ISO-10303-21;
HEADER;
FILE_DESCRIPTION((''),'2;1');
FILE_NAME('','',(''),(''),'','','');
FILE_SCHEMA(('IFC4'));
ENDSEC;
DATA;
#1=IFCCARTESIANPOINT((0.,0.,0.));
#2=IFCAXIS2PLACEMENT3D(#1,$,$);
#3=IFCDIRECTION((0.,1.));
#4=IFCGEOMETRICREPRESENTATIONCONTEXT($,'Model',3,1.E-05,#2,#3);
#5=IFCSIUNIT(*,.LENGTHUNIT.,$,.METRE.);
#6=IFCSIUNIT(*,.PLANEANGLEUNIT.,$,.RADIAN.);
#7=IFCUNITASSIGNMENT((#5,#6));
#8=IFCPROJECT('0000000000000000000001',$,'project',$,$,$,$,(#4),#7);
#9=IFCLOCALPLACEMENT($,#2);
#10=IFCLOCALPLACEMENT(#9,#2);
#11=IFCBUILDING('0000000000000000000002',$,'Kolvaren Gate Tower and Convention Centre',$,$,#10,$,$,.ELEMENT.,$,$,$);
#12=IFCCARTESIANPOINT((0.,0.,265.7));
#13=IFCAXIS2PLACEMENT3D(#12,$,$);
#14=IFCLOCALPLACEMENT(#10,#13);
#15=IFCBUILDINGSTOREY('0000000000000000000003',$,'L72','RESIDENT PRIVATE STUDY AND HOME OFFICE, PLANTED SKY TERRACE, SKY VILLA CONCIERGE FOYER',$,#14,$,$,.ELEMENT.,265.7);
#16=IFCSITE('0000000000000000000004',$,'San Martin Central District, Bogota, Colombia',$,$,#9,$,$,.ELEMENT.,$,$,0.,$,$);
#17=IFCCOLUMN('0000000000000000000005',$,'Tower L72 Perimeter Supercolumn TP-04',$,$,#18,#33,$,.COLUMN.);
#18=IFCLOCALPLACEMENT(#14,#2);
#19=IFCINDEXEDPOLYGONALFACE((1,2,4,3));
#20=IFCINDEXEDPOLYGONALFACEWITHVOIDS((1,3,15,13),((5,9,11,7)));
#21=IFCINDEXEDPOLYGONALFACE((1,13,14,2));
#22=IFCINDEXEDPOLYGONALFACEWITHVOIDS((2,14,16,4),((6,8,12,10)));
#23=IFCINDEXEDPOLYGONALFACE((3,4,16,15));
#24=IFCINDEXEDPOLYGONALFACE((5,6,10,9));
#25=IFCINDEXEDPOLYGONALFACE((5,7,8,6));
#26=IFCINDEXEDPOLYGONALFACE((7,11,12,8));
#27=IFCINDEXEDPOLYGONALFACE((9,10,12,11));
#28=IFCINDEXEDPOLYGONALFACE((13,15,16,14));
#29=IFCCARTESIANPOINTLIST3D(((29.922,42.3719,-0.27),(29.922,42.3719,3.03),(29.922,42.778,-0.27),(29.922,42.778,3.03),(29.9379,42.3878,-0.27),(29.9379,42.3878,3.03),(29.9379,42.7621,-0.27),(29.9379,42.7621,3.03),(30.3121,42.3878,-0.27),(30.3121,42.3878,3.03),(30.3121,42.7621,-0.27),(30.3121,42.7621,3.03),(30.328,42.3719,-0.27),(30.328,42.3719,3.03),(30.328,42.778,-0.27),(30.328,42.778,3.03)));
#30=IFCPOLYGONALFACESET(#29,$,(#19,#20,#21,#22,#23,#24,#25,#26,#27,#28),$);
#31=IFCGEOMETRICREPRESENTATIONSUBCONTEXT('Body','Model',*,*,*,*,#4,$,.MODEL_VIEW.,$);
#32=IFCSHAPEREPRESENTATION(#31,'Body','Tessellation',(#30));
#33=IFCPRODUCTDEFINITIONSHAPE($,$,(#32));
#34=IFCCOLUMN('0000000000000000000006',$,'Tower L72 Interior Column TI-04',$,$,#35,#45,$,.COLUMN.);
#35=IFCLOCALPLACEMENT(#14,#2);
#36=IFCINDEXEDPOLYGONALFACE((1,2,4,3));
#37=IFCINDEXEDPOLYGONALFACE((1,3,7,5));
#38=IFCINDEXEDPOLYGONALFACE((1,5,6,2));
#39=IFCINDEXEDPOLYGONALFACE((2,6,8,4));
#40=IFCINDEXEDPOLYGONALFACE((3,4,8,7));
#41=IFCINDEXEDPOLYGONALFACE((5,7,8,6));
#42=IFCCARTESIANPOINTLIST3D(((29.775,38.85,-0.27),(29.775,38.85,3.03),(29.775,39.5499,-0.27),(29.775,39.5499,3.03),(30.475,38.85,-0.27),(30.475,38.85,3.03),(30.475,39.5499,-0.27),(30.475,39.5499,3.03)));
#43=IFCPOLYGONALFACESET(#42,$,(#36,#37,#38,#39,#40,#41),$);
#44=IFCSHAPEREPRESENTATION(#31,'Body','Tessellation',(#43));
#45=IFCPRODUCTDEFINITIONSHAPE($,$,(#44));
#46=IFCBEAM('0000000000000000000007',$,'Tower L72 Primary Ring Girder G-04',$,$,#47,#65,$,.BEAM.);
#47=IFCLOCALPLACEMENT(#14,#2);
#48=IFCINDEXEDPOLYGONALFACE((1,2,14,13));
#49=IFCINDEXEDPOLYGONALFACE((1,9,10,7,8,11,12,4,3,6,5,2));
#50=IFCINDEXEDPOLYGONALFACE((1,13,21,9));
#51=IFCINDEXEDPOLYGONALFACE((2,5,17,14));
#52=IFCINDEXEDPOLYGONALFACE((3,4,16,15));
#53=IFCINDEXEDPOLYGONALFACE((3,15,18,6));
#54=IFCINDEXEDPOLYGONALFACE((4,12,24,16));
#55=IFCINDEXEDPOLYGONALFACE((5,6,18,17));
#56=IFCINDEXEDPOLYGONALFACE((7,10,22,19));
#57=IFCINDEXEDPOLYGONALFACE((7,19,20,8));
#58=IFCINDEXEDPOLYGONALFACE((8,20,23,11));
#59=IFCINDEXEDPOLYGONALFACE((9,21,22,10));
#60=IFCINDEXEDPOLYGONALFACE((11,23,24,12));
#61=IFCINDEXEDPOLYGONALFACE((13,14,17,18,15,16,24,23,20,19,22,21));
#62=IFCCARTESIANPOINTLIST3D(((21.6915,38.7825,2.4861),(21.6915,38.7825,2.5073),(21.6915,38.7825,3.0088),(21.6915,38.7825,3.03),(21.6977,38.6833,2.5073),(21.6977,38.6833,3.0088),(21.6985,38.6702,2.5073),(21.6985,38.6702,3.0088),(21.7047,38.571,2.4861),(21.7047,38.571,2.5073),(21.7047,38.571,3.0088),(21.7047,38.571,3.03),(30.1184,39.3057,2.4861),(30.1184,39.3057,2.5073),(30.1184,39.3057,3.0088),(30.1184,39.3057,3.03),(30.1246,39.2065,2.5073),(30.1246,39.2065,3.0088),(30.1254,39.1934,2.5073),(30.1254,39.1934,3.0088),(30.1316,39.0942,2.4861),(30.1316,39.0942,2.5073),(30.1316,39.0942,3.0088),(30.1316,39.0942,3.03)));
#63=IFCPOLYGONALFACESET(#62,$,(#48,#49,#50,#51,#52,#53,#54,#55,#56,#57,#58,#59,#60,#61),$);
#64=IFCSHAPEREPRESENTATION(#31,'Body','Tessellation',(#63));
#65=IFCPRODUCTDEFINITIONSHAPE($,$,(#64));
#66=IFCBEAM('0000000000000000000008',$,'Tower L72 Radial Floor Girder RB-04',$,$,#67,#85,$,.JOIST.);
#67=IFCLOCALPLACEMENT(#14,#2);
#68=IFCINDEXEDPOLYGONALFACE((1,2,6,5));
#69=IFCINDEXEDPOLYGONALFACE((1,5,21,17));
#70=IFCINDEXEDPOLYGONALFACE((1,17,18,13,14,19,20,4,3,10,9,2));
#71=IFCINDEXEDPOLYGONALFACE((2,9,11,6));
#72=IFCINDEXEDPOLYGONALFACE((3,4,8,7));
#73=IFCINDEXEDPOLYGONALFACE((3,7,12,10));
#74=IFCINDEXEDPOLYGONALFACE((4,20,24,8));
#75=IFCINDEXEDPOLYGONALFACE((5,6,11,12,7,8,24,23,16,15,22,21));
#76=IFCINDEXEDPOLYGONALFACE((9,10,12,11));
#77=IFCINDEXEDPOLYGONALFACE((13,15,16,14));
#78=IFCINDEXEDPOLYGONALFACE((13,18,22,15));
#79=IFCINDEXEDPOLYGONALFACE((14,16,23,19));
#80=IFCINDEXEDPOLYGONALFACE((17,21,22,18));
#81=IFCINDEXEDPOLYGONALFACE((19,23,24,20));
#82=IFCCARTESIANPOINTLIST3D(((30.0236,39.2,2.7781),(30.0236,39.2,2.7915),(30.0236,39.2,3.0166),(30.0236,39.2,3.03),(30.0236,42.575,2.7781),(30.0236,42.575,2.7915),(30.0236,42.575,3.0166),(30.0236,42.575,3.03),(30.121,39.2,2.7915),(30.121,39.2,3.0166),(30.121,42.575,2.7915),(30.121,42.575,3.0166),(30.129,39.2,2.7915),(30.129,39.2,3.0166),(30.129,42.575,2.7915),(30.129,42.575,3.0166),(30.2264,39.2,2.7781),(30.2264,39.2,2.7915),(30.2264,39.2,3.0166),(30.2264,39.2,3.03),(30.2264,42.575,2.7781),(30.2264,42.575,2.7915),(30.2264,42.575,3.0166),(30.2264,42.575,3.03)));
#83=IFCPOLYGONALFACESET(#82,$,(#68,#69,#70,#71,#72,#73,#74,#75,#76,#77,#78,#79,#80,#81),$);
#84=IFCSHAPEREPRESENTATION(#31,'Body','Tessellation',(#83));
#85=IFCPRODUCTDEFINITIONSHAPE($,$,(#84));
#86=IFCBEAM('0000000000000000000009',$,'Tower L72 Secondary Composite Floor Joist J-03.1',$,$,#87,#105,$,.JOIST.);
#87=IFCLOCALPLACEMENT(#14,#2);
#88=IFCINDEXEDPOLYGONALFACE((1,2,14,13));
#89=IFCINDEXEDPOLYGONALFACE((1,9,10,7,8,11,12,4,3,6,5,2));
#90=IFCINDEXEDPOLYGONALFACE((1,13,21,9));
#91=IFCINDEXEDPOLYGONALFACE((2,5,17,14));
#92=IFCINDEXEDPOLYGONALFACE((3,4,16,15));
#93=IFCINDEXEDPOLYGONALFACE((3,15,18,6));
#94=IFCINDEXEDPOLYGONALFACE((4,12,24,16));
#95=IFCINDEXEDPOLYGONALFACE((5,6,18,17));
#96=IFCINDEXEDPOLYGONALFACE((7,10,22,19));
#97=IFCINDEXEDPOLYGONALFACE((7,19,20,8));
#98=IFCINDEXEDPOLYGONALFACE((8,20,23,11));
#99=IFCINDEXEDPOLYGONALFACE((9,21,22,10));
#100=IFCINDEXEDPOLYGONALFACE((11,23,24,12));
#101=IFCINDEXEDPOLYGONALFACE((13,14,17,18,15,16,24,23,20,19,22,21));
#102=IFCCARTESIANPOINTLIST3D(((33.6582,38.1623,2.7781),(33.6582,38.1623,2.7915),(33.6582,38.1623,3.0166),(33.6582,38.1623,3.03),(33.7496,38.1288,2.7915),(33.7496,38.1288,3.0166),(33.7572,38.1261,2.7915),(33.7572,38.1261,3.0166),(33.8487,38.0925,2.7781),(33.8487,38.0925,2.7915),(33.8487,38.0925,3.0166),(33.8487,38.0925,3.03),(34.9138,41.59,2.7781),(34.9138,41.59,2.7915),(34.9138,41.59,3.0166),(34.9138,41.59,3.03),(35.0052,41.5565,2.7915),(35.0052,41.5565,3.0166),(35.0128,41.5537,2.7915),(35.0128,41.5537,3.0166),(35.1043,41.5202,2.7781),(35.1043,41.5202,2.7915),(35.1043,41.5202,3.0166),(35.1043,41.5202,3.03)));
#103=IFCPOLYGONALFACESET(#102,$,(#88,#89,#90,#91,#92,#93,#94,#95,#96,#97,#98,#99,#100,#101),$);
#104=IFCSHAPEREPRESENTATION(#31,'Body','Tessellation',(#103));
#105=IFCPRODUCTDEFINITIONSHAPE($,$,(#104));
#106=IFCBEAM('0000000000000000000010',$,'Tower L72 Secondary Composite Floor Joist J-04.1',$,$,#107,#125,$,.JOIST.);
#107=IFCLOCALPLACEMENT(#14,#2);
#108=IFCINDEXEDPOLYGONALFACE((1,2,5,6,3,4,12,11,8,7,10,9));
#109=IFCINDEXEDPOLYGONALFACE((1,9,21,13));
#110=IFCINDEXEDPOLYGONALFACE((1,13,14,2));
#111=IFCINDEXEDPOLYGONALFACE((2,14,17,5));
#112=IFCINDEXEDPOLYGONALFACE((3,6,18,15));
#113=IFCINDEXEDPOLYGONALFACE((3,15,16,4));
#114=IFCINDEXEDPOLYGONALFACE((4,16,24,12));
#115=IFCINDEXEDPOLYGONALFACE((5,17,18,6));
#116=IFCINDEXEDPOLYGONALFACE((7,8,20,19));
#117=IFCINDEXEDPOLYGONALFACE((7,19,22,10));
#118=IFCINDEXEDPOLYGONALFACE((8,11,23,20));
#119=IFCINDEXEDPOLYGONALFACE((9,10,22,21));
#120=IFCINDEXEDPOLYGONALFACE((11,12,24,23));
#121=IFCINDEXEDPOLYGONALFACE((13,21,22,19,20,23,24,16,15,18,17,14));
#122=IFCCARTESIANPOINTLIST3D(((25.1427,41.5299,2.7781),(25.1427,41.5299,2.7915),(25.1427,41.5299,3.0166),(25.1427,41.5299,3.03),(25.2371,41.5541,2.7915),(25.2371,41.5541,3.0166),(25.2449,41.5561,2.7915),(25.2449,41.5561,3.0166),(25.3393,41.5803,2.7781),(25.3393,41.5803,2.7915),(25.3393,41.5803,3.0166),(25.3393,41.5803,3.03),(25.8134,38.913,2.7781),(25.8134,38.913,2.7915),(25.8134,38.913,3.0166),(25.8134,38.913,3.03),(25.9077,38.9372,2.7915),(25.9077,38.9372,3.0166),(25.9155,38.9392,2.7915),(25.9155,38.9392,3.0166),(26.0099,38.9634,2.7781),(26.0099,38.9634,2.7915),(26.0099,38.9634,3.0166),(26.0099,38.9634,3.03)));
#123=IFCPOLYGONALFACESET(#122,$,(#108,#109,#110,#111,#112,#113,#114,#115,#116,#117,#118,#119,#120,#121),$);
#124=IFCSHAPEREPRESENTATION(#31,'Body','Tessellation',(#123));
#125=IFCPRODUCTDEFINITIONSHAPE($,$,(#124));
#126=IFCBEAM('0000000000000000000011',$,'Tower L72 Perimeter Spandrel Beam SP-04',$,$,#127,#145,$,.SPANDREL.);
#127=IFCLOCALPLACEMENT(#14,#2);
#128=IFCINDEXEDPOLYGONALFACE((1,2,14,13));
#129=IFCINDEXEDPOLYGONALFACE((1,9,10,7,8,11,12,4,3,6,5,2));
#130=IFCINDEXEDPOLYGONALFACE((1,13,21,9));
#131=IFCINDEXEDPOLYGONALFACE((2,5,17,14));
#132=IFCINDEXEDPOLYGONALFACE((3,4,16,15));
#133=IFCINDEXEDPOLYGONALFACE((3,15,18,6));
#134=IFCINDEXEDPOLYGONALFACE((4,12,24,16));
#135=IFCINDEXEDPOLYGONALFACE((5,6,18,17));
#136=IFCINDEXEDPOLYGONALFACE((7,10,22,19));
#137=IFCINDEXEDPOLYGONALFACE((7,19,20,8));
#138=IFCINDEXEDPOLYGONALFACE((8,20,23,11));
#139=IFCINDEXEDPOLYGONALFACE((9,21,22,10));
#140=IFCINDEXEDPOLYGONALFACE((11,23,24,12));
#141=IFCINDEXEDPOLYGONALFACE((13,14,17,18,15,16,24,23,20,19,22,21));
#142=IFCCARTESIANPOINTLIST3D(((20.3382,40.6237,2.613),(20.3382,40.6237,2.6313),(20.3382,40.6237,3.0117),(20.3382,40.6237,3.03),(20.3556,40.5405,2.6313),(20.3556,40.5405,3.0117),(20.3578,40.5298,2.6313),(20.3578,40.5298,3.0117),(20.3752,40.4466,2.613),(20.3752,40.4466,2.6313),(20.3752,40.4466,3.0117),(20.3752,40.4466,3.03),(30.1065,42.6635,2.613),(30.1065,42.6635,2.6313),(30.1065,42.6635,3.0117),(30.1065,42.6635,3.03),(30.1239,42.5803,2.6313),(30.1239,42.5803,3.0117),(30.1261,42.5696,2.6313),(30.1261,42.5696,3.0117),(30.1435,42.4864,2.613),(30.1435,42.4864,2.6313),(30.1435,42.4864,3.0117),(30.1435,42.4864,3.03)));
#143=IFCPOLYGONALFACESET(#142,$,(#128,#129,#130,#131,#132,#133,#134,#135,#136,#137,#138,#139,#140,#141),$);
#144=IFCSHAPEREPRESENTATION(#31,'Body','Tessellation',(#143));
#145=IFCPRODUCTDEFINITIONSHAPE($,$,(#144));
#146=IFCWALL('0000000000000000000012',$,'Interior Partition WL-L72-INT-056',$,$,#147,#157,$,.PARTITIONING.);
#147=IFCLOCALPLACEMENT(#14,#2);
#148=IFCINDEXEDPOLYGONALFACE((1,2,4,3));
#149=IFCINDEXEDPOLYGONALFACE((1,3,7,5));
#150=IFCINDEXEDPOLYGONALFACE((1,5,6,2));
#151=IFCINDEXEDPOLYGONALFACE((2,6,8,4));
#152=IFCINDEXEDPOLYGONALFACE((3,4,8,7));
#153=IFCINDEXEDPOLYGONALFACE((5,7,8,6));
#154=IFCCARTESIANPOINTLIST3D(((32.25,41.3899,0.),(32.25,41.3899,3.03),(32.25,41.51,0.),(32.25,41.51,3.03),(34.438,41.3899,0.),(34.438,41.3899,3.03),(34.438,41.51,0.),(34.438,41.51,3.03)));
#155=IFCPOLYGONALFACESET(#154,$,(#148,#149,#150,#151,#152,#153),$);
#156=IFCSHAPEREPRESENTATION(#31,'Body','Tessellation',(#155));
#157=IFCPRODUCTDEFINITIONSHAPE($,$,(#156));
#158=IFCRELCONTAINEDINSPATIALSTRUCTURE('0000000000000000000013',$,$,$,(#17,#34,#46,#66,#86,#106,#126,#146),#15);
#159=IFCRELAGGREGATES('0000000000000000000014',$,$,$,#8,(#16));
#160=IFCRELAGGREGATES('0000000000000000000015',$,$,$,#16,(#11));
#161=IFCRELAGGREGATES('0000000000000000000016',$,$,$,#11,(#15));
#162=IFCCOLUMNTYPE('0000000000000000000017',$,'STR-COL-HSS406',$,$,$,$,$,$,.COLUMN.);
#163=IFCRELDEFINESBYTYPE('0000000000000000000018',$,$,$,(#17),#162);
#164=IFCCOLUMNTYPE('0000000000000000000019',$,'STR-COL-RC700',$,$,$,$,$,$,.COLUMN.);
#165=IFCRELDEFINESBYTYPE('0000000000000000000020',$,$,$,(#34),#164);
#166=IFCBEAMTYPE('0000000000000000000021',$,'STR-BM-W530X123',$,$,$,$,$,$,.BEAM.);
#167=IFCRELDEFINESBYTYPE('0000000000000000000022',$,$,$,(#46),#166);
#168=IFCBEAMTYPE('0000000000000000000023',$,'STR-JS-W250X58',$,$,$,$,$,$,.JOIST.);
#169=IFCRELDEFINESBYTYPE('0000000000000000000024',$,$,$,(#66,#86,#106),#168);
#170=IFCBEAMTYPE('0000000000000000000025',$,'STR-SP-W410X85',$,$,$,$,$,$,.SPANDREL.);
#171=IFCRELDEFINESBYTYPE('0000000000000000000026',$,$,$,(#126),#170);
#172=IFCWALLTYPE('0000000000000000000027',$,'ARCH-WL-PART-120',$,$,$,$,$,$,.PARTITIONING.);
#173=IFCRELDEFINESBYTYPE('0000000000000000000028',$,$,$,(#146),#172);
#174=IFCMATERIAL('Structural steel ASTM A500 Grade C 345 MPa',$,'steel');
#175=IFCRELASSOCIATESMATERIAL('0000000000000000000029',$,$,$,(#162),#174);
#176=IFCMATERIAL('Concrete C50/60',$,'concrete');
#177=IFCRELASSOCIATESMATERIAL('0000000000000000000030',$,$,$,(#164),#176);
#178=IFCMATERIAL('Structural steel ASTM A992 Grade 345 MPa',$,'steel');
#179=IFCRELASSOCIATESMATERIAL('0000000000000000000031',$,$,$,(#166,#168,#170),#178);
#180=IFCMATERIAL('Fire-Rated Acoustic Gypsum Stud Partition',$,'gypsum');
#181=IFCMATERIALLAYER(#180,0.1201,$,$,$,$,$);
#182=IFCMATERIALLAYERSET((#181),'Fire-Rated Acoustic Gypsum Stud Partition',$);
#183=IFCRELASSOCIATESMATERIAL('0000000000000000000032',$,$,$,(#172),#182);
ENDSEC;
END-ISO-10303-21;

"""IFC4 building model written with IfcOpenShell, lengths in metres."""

from ifc_helpers import new_model, si_unit, direction, frame, frame_2d, origin, origin_2d, place, context, subcontext, project, spatial, rectangle, hollow_rectangle, i_section, extrude, material, layer, layer_set, material_profile, profile_set, type_object, element, save


model = new_model("IFC4")

# Units and contexts
model_context = context("Model", 3, precision=1e-05, world=origin(), true_north=direction((0.0, 1.0)))
body_context = subcontext(model_context, "Body", "Model", "MODEL_VIEW")
ifc_project = project(units=[si_unit("LENGTHUNIT", "METRE"), si_unit("PLANEANGLEUNIT", "RADIAN")], contexts=[model_context])

# Site, building, storey
site_placement = place(None, origin())
site = spatial("IfcSite", under=ifc_project, at=site_placement, Name="San Martin Central District, Bogota, Colombia", CompositionType="ELEMENT", RefElevation=0.0)
building_placement = place(site_placement, origin())
building = spatial("IfcBuilding", under=site, at=building_placement, Name="Kolvaren Gate Tower and Convention Centre", CompositionType="ELEMENT")
storey_placement = place(building_placement, frame((0.0, 0.0, 265.7)))
storey = spatial("IfcBuildingStorey", under=building, at=storey_placement, Name="L72", Description="RESIDENT PRIVATE STUDY AND HOME OFFICE, PLANTED SKY TERRACE, SKY VILLA CONCIERGE FOYER", CompositionType="ELEMENT", Elevation=265.7)

# Columns
ifc_material_1 = material(Name="Structural steel ASTM A500 Grade C 345 MPa", Category="steel")
ifc_material_profile_1 = material_profile(ifc_material_1, hollow_rectangle(XDim=0.406, YDim=0.406, WallThickness=0.0159, at=origin_2d()), Name="HSS406X406X15.9")
ifc_profile_set_1 = profile_set([ifc_material_profile_1], Name="Structural steel ASTM A500 Grade C 345 MPa")
column_type_1 = type_object("IfcColumnType", Name="STR-COL-HSS406", PredefinedType="COLUMN", material=ifc_profile_set_1)
column_1_placement = place(storey_placement, frame((30.125, 42.575, -0.27), z_axis=(0.0, 0.0, 1.0), x_axis=(1.0, 0.0, 0.0)))
element("IfcColumn", 1, at=column_1_placement, inside=storey, type_object=column_type_1, Name="Tower L72 Perimeter Supercolumn TP-04", PredefinedType="COLUMN", context=body_context, shape_type="SweptSolid", body=[
    extrude(hollow_rectangle(XDim=0.406, YDim=0.406, WallThickness=0.0159, at=origin_2d()), origin(), (0.0, 0.0, 1.0), 3.3),
])
ifc_material_2 = material(Name="Concrete C50/60", Category="concrete")
ifc_material_profile_2 = material_profile(ifc_material_2, rectangle(XDim=0.7, YDim=0.7, at=origin_2d()), Name="RC-COL-700X700")
ifc_profile_set_2 = profile_set([ifc_material_profile_2], Name="Concrete C50/60")
column_type_2 = type_object("IfcColumnType", Name="STR-COL-RC700", PredefinedType="COLUMN", material=ifc_profile_set_2)
column_2_placement = place(storey_placement, frame((30.125, 39.2, -0.27), z_axis=(0.0, 0.0, 1.0), x_axis=(1.0, 0.0, 0.0)))
element("IfcColumn", 2, at=column_2_placement, inside=storey, type_object=column_type_2, Name="Tower L72 Interior Column TI-04", PredefinedType="COLUMN", context=body_context, shape_type="SweptSolid", body=[
    extrude(rectangle(XDim=0.7, YDim=0.7, at=origin_2d()), origin(), (0.0, 0.0, 1.0), 3.3),
])

# Beams
ifc_material_3 = material(Name="Structural steel ASTM A992 Grade 345 MPa", Category="steel")
ifc_material_profile_3 = material_profile(ifc_material_3, i_section(OverallWidth=0.2119, OverallDepth=0.5439, WebThickness=0.0132, FlangeThickness=0.0212, at=origin_2d()), Name="W530X123")
ifc_profile_set_3 = profile_set([ifc_material_profile_3], Name="Structural steel ASTM A992 Grade 345 MPa")
beam_type_1 = type_object("IfcBeamType", Name="STR-BM-W530X123", PredefinedType="BEAM", material=ifc_profile_set_3)
beam_1_placement = place(storey_placement, frame((30.125, 39.2, 2.7581), z_axis=(-0.998078, -0.061966, 0.0), x_axis=(0.061966, -0.998078, 0.0)))
element("IfcBeam", 3, at=beam_1_placement, inside=storey, type_object=beam_type_1, Name="Tower L72 Primary Ring Girder G-04", PredefinedType="BEAM", context=body_context, shape_type="SweptSolid", body=[
    extrude(i_section(OverallWidth=0.2119, OverallDepth=0.5439, WebThickness=0.0132, FlangeThickness=0.0212, at=origin_2d()), origin(), (0.0, 0.0, 1.0), 8.4431),
])
ifc_material_profile_4 = material_profile(ifc_material_3, i_section(OverallWidth=0.2029, OverallDepth=0.252, WebThickness=0.0081, FlangeThickness=0.0134, at=origin_2d()), Name="W250X58")
ifc_profile_set_4 = profile_set([ifc_material_profile_4], Name="Structural steel ASTM A992 Grade 345 MPa")
beam_type_2 = type_object("IfcBeamType", Name="STR-JS-W250X58", PredefinedType="JOIST", material=ifc_profile_set_4)
beam_2_placement = place(storey_placement, frame((30.125, 39.2, 2.9041), z_axis=(0.0, 1.0, 0.0), x_axis=(-1.0, 0.0, 0.0)))
element("IfcBeam", 4, at=beam_2_placement, inside=storey, type_object=beam_type_2, Name="Tower L72 Radial Floor Girder RB-04", PredefinedType="JOIST", context=body_context, shape_type="SweptSolid", body=[
    extrude(i_section(OverallWidth=0.2029, OverallDepth=0.252, WebThickness=0.0081, FlangeThickness=0.0134, at=origin_2d()), origin(), (0.0, 0.0, 1.0), 3.375),
])
beam_3_placement = place(storey_placement, frame((33.7534, 38.1274, 2.9041), z_axis=(0.34396, 0.938984, 0.0), x_axis=(-0.938984, 0.34396, 0.0)))
element("IfcBeam", 5, at=beam_3_placement, inside=storey, type_object=beam_type_2, Name="Tower L72 Secondary Composite Floor Joist J-03.1", PredefinedType="JOIST", context=body_context, shape_type="SweptSolid", body=[
    extrude(i_section(OverallWidth=0.2029, OverallDepth=0.252, WebThickness=0.0081, FlangeThickness=0.0134, at=origin_2d()), origin(), (0.0, 0.0, 1.0), 3.6504),
])
beam_4_placement = place(storey_placement, frame((25.9116, 38.9382, 2.9041), z_axis=(-0.248251, 0.968696, 0.0), x_axis=(-0.968696, -0.248251, 0.0)))
element("IfcBeam", 6, at=beam_4_placement, inside=storey, type_object=beam_type_2, Name="Tower L72 Secondary Composite Floor Joist J-04.1", PredefinedType="JOIST", context=body_context, shape_type="SweptSolid", body=[
    extrude(i_section(OverallWidth=0.2029, OverallDepth=0.252, WebThickness=0.0081, FlangeThickness=0.0134, at=origin_2d()), origin(), (0.0, 0.0, 1.0), 2.7014),
])
ifc_material_profile_5 = material_profile(ifc_material_3, i_section(OverallWidth=0.1809, OverallDepth=0.417, WebThickness=0.011, FlangeThickness=0.0183, at=origin_2d()), Name="W410X85")
ifc_profile_set_5 = profile_set([ifc_material_profile_5], Name="Structural steel ASTM A992 Grade 345 MPa")
beam_type_3 = type_object("IfcBeamType", Name="STR-SP-W410X85", PredefinedType="SPANDREL", material=ifc_profile_set_5)
beam_5_placement = place(storey_placement, frame((30.125, 42.575, 2.8215), z_axis=(-0.978886, -0.204409, 0.0), x_axis=(0.204409, -0.978886, 0.0)))
element("IfcBeam", 7, at=beam_5_placement, inside=storey, type_object=beam_type_3, Name="Tower L72 Perimeter Spandrel Beam SP-04", PredefinedType="SPANDREL", context=body_context, shape_type="SweptSolid", body=[
    extrude(i_section(OverallWidth=0.1809, OverallDepth=0.417, WebThickness=0.011, FlangeThickness=0.0183, at=origin_2d()), origin(), (0.0, 0.0, 1.0), 9.979),
])

# Wall
ifc_material_4 = material(Name="Fire-Rated Acoustic Gypsum Stud Partition", Category="gypsum")
ifc_layer_1 = layer(ifc_material_4, 0.1201)
ifc_layer_set_1 = layer_set([ifc_layer_1], Name="Fire-Rated Acoustic Gypsum Stud Partition")
wall_type_1 = type_object("IfcWallType", Name="ARCH-WL-PART-120", PredefinedType="PARTITIONING", material=ifc_layer_set_1)
wall_1_placement = place(storey_placement, frame((32.25, 41.45, 0.0), z_axis=(0.0, 0.0, 1.0), x_axis=(1.0, 0.0, 0.0)))
element("IfcWall", 8, at=wall_1_placement, inside=storey, type_object=wall_type_1, Name="Interior Partition WL-L72-INT-056", PredefinedType="PARTITIONING", context=body_context, shape_type="SweptSolid", body=[
    extrude(rectangle(XDim=2.188, YDim=0.1201, at=frame_2d((1.094, 0.0))), origin(), (0.0, 0.0, 1.0), 3.03),
])

save(model, "model.ifc")
